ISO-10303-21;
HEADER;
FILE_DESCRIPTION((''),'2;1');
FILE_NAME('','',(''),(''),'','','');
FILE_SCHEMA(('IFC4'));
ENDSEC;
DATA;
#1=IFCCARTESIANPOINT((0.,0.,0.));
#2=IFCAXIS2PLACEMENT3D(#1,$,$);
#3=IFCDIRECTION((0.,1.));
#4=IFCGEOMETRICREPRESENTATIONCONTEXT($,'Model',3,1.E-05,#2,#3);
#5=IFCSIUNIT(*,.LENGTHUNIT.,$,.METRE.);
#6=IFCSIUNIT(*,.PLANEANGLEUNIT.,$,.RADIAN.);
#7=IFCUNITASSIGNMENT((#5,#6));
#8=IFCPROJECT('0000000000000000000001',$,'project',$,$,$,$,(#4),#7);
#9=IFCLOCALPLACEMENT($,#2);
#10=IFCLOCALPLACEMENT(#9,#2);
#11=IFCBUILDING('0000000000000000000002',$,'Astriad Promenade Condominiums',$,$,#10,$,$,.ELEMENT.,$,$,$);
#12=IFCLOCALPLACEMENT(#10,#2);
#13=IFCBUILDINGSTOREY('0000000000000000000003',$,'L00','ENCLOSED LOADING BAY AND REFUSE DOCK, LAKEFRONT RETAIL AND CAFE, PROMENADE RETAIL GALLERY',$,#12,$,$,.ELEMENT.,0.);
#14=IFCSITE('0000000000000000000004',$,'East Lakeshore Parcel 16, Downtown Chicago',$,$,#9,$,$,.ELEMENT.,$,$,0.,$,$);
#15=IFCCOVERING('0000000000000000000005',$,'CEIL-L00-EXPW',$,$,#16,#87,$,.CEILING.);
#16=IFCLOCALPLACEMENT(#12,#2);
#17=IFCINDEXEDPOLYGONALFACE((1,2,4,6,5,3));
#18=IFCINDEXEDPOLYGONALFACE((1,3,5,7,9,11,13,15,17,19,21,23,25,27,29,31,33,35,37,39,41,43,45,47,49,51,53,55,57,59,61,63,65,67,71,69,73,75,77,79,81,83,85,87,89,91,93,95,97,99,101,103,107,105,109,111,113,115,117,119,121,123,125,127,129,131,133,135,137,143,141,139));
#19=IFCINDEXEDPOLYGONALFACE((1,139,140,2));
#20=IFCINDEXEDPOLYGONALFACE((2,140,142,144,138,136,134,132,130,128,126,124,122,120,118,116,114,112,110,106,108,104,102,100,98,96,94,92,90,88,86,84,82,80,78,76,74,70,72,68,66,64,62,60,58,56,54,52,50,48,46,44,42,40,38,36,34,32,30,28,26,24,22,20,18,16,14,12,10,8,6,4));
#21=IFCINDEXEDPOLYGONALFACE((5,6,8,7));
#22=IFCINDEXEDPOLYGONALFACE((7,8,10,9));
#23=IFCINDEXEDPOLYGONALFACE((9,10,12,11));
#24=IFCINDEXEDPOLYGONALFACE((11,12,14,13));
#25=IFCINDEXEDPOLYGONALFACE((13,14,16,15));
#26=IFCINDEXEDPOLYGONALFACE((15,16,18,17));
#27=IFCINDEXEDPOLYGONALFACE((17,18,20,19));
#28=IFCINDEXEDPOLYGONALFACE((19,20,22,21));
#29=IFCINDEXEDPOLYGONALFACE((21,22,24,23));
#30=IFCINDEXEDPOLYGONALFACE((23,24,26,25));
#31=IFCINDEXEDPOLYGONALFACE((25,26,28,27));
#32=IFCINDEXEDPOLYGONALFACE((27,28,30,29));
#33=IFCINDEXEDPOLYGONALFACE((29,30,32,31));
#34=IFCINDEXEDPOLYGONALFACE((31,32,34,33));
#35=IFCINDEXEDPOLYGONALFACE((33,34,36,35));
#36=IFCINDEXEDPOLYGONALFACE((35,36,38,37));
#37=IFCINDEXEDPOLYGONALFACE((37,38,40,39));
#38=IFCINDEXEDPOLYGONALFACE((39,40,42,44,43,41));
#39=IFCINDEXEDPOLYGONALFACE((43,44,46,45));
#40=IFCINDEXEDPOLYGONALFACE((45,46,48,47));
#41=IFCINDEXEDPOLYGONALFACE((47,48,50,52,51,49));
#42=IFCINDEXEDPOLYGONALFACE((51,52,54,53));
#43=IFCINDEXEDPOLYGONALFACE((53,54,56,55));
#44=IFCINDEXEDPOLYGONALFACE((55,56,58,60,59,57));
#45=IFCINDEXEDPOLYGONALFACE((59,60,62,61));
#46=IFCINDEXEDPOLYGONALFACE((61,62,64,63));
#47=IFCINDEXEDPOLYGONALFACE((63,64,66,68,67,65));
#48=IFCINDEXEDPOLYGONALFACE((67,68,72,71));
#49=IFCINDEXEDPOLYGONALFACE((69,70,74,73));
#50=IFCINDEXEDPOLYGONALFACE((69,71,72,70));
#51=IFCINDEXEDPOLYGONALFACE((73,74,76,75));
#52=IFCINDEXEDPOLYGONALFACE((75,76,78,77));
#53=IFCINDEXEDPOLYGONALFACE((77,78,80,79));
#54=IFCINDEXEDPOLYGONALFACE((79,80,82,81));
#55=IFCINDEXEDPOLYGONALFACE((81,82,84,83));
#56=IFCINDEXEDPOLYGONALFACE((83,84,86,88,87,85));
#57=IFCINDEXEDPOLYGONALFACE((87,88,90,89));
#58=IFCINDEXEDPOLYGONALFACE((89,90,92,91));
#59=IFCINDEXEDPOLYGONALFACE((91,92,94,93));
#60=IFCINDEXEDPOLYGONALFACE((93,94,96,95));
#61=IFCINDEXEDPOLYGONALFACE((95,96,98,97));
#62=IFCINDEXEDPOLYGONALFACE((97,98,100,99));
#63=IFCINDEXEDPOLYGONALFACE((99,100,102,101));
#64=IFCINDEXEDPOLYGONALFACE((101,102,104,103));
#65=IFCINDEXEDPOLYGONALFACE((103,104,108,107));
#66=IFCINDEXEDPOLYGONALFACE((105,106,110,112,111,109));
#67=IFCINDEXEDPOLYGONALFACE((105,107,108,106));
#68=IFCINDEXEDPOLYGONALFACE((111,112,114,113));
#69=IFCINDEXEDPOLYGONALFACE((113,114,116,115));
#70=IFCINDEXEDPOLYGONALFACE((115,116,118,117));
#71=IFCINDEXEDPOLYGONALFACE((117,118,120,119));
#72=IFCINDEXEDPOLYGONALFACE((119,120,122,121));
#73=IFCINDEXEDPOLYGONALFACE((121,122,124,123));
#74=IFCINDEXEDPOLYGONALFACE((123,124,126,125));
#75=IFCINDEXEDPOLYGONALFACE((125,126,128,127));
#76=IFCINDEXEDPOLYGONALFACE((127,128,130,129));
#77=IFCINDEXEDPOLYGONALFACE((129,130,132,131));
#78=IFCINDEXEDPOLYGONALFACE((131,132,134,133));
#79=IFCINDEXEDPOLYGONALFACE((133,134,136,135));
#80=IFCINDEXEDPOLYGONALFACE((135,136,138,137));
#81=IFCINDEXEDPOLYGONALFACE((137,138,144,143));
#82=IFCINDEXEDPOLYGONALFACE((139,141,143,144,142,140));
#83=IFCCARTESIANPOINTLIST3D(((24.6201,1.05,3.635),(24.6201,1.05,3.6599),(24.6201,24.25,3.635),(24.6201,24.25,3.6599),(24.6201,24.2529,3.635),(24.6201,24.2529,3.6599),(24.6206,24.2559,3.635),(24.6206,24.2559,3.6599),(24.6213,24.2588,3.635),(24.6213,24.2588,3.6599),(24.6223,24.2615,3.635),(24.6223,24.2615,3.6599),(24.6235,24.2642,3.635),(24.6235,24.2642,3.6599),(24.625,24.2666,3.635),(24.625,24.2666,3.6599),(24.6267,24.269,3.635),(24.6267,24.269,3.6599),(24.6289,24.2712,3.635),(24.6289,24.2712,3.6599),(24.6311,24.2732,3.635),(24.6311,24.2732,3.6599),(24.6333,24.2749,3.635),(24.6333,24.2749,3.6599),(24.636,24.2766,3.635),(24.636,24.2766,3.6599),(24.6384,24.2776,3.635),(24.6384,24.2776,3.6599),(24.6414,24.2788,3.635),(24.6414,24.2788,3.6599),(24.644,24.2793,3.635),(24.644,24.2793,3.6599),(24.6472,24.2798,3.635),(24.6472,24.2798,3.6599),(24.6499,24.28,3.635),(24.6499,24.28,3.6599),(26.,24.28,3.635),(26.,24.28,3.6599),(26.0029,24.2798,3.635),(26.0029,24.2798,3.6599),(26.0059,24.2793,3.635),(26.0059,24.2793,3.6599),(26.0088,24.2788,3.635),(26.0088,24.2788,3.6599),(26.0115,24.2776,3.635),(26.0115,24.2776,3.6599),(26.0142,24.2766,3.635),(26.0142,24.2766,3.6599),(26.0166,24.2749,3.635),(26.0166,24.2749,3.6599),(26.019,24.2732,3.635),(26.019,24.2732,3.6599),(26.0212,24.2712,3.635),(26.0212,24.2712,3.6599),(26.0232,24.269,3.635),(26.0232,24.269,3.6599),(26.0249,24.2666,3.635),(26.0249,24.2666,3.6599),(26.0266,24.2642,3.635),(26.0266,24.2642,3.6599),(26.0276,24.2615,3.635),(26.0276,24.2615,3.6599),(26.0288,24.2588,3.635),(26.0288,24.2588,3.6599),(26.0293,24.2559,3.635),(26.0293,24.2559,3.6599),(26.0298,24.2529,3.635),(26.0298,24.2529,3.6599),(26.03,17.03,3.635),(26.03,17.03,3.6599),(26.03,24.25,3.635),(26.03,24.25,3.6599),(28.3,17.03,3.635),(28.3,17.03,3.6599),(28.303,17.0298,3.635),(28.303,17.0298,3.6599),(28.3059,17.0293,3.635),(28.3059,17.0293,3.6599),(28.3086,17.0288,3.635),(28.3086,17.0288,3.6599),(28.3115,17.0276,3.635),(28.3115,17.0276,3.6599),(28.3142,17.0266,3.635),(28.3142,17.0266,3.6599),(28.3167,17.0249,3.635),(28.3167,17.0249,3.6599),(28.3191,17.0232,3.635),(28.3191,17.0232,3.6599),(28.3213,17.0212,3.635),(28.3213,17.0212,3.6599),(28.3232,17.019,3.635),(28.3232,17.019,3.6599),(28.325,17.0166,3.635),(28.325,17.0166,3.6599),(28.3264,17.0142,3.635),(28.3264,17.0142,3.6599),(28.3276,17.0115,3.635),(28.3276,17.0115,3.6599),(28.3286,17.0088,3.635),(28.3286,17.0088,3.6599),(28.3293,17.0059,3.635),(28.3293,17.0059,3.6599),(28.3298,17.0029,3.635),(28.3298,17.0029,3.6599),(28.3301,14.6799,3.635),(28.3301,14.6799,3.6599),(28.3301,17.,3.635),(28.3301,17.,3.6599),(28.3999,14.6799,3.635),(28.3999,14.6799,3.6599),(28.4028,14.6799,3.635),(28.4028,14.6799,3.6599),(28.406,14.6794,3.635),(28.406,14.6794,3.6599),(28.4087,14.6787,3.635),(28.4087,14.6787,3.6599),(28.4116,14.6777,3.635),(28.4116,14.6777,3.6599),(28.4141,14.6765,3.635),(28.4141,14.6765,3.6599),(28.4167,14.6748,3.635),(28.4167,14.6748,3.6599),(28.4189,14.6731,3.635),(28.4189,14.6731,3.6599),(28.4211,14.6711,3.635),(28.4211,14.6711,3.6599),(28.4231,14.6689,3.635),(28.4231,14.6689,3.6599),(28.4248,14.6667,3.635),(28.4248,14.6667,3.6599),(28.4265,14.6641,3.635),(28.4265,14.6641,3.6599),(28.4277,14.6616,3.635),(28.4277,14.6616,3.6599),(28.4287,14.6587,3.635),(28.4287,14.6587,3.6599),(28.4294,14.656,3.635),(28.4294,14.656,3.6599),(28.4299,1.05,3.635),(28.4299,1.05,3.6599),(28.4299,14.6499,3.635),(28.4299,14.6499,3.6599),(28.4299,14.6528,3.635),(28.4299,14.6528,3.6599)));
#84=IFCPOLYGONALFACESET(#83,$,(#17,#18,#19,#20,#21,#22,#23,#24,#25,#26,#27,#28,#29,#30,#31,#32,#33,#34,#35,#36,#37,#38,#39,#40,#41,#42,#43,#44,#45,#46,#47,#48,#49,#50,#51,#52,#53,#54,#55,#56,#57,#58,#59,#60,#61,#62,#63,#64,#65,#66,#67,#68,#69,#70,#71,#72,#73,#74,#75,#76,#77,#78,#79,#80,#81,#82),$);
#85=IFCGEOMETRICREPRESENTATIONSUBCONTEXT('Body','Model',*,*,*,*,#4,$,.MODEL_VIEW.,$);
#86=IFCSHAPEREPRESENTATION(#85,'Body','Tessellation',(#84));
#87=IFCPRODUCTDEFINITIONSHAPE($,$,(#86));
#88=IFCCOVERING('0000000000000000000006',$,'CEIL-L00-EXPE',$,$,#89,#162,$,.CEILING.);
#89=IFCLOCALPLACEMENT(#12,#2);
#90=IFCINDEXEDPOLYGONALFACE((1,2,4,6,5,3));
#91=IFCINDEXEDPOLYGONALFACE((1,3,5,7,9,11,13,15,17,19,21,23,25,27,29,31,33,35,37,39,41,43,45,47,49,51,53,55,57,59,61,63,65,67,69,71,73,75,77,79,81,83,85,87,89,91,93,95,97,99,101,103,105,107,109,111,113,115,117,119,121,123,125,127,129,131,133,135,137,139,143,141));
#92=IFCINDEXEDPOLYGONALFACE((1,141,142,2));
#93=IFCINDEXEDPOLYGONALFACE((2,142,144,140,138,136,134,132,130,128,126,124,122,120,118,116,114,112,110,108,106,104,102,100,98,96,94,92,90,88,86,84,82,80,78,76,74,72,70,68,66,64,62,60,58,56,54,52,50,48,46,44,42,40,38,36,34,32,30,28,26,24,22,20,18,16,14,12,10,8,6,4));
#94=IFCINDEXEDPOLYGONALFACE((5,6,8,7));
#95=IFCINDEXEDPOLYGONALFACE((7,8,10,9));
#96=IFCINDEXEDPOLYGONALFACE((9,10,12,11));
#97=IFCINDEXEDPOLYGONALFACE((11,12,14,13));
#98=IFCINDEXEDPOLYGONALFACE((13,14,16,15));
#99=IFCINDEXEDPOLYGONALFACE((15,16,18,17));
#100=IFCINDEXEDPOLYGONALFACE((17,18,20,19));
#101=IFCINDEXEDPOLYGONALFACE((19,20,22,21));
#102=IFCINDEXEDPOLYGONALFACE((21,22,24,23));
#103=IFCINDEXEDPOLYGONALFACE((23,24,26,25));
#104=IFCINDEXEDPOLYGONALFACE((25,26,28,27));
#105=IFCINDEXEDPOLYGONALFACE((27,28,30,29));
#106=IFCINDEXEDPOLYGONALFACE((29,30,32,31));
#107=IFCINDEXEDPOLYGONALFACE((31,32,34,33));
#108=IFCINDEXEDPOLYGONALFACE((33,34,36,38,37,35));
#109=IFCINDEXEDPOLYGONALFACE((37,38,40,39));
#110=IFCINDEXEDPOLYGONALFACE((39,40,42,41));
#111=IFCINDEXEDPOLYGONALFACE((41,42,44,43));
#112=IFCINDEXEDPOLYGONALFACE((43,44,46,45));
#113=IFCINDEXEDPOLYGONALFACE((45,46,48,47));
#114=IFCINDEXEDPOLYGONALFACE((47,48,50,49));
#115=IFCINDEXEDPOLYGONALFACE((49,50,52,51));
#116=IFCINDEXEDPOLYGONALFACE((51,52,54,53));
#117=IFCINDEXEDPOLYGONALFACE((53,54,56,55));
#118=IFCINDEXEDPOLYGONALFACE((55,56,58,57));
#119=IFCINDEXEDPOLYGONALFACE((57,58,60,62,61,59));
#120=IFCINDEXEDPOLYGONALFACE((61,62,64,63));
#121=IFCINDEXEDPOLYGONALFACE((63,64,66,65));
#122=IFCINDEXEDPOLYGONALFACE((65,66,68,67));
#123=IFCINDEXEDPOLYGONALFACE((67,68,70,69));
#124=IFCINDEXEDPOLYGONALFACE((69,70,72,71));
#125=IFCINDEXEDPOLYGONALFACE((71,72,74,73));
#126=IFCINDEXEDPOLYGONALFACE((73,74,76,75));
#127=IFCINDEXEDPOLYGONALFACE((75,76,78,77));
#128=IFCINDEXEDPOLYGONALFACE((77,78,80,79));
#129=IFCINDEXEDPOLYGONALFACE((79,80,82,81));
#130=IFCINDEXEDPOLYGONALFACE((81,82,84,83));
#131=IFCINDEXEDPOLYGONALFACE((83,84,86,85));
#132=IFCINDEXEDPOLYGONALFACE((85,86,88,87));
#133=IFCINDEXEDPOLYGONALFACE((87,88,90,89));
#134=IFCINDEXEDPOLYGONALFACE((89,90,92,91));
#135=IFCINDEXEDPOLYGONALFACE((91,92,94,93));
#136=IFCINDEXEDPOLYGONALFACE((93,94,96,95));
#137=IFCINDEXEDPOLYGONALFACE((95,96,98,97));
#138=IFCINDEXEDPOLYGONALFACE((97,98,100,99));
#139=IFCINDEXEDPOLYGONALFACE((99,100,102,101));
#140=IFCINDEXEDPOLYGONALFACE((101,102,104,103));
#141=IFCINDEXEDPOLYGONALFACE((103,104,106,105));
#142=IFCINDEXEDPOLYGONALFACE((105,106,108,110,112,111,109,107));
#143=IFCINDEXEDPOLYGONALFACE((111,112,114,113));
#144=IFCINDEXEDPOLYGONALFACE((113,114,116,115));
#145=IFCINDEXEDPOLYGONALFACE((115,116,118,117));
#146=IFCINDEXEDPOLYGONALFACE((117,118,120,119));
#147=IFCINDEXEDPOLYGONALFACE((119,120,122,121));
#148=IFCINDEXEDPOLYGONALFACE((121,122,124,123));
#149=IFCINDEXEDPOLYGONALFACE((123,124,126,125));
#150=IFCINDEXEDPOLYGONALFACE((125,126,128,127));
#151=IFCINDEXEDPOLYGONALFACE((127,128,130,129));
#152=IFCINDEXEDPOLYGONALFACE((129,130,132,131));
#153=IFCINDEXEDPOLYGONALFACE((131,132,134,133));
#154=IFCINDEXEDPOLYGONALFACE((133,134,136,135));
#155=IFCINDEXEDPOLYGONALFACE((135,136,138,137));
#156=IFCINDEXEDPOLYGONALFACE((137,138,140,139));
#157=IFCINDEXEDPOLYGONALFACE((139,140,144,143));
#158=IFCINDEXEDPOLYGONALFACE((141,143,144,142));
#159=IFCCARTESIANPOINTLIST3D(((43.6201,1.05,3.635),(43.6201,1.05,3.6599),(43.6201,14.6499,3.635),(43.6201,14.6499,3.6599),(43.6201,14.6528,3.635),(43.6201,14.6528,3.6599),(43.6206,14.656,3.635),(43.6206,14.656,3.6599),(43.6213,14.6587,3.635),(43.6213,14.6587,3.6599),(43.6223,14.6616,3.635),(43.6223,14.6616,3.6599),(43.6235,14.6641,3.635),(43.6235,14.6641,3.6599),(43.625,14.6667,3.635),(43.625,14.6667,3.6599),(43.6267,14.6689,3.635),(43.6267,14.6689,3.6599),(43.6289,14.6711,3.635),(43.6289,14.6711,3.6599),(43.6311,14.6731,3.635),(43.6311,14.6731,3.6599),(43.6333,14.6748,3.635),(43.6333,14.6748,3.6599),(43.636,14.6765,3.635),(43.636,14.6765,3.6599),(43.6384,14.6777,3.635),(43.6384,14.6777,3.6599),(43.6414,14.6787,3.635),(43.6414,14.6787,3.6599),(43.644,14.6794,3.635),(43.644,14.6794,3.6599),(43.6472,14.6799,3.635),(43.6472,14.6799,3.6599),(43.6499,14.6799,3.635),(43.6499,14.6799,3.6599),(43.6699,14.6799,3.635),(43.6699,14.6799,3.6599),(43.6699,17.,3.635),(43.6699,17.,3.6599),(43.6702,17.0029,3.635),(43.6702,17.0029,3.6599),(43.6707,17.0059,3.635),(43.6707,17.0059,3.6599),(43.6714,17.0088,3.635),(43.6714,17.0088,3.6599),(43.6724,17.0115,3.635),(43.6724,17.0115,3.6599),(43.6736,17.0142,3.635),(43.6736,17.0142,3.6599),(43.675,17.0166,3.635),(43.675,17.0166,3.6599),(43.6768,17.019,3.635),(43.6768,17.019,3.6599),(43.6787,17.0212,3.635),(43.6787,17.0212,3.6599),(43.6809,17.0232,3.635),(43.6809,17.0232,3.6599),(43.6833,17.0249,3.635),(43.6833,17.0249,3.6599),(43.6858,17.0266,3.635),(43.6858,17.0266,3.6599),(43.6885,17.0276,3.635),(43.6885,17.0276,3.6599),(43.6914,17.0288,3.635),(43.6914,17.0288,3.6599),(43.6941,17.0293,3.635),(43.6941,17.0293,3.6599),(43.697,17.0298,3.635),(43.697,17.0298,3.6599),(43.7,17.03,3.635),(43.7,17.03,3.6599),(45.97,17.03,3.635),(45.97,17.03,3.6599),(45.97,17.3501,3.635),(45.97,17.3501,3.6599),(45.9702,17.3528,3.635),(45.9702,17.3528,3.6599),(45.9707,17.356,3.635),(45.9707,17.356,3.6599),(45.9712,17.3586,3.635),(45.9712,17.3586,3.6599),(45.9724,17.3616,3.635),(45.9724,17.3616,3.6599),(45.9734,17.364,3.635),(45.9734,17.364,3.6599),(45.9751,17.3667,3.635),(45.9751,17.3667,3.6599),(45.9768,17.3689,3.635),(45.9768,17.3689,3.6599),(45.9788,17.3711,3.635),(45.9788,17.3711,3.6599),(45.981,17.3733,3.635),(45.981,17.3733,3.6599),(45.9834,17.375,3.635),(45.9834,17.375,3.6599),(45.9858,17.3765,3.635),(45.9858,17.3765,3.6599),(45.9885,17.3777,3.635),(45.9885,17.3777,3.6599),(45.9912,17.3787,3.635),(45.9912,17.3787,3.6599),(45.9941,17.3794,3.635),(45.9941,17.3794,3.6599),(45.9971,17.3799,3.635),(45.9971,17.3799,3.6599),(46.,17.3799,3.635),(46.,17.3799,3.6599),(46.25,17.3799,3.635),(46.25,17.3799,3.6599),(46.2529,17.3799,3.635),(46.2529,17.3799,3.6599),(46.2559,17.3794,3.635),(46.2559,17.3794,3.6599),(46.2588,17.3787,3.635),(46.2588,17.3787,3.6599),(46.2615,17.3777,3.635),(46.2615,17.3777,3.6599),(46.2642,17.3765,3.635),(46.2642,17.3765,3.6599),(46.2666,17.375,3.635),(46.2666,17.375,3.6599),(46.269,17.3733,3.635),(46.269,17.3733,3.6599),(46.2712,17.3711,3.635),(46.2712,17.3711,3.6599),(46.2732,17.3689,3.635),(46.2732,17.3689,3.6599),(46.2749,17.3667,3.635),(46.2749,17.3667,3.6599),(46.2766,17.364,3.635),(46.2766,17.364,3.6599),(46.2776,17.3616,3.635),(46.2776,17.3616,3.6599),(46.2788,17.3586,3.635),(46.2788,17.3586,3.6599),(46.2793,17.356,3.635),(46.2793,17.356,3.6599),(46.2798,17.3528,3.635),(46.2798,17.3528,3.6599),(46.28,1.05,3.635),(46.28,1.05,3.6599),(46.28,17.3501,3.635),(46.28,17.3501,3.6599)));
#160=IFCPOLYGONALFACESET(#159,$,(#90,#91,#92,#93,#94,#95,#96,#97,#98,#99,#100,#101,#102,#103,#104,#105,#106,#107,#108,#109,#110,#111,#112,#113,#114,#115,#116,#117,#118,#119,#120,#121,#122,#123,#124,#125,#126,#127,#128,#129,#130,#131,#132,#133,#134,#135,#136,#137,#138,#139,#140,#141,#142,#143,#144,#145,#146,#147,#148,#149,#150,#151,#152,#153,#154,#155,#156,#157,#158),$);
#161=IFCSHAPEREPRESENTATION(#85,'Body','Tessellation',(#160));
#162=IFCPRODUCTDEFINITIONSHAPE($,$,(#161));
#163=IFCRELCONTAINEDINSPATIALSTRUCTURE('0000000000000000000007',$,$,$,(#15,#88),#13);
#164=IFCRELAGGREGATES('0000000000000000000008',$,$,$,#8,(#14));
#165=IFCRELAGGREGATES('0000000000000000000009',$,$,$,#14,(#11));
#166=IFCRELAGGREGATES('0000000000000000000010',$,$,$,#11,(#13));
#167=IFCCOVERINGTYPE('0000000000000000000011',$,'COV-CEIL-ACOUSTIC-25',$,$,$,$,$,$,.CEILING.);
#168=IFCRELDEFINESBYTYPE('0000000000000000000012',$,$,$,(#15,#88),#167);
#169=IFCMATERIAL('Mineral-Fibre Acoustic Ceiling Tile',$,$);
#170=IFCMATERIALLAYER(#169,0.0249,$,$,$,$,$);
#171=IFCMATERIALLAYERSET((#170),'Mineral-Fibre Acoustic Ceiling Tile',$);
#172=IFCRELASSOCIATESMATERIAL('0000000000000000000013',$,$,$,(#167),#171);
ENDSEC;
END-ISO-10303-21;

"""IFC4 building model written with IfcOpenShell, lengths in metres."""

from ifc_helpers import new_model, si_unit, direction, frame, origin, place, context, subcontext, project, spatial, polyline, outline, extrude, material, layer, layer_set, type_object, element, save


model = new_model("IFC4")

# Units and contexts
model_context = context("Model", 3, precision=1e-05, world=origin(), true_north=direction((0.0, 1.0)))
body_context = subcontext(model_context, "Body", "Model", "MODEL_VIEW")
ifc_project = project(units=[si_unit("LENGTHUNIT", "METRE"), si_unit("PLANEANGLEUNIT", "RADIAN")], contexts=[model_context])

# Site, building, storey
site_placement = place(None, origin())
site = spatial("IfcSite", under=ifc_project, at=site_placement, Name="East Lakeshore Parcel 16, Downtown Chicago", CompositionType="ELEMENT", RefElevation=0.0)
building_placement = place(site_placement, origin())
building = spatial("IfcBuilding", under=site, at=building_placement, Name="Astriad Promenade Condominiums", CompositionType="ELEMENT")
storey_placement = place(building_placement, origin())
storey = spatial("IfcBuildingStorey", under=building, at=storey_placement, Name="L00", Description="ENCLOSED LOADING BAY AND REFUSE DOCK, LAKEFRONT RETAIL AND CAFE, PROMENADE RETAIL GALLERY", CompositionType="ELEMENT", Elevation=0.0)

# Coverings
ifc_material_1 = material(Name="Mineral-Fibre Acoustic Ceiling Tile")
ifc_layer_1 = layer(ifc_material_1, 0.0249)
ifc_layer_set_1 = layer_set([ifc_layer_1], Name="Mineral-Fibre Acoustic Ceiling Tile")
covering_type_1 = type_object("IfcCoveringType", Name="COV-CEIL-ACOUSTIC-25", PredefinedType="CEILING", material=ifc_layer_set_1)
covering_1_placement = place(storey_placement, frame((0.0, 0.0, 3.635)))
element("IfcCovering", 1, at=covering_1_placement, inside=storey, type_object=covering_type_1, Name="CEIL-L00-EXPW", PredefinedType="CEILING", context=body_context, shape_type="SweptSolid", body=[
    extrude(outline(polyline([(28.4299, 1.05), (24.6201, 1.05), (24.6201, 24.25), (24.6201, 24.2529), (24.6206, 24.2559), (24.6213, 24.2588), (24.6223, 24.2615), (24.6235, 24.2642), (24.625, 24.2666), (24.6267, 24.269), (24.6289, 24.2712), (24.6311, 24.2732), (24.6333, 24.2749), (24.636, 24.2766), (24.6384, 24.2776), (24.6414, 24.2788), (24.644, 24.2793), (24.6472, 24.2798), (24.6499, 24.28), (26.0, 24.28), (26.0029, 24.2798), (26.0059, 24.2793), (26.0088, 24.2788), (26.0115, 24.2776), (26.0142, 24.2766), (26.0166, 24.2749), (26.019, 24.2732), (26.0212, 24.2712), (26.0232, 24.269), (26.0249, 24.2666), (26.0266, 24.2642), (26.0276, 24.2615), (26.0288, 24.2588), (26.0293, 24.2559), (26.0298, 24.2529), (26.03, 24.25), (26.03, 17.03), (28.3, 17.03), (28.303, 17.0298), (28.3059, 17.0293), (28.3086, 17.0288), (28.3115, 17.0276), (28.3142, 17.0266), (28.3167, 17.0249), (28.3191, 17.0232), (28.3213, 17.0212), (28.3232, 17.019), (28.325, 17.0166), (28.3264, 17.0142), (28.3276, 17.0115), (28.3286, 17.0088), (28.3293, 17.0059), (28.3298, 17.0029), (28.3301, 17.0), (28.3301, 14.6799), (28.3999, 14.6799), (28.4028, 14.6799), (28.406, 14.6794), (28.4087, 14.6787), (28.4116, 14.6777), (28.4141, 14.6765), (28.4167, 14.6748), (28.4189, 14.6731), (28.4211, 14.6711), (28.4231, 14.6689), (28.4248, 14.6667), (28.4265, 14.6641), (28.4277, 14.6616), (28.4287, 14.6587), (28.4294, 14.656), (28.4299, 14.6528), (28.4299, 14.6499), (28.4299, 1.05)])), origin(), (0.0, 0.0, 1.0), 0.0249),
])
covering_2_placement = place(storey_placement, frame((0.0, 0.0, 3.635)))
element("IfcCovering", 2, at=covering_2_placement, inside=storey, type_object=covering_type_1, Name="CEIL-L00-EXPE", PredefinedType="CEILING", context=body_context, shape_type="SweptSolid", body=[
    extrude(outline(polyline([(46.25, 17.3799), (46.2529, 17.3799), (46.2559, 17.3794), (46.2588, 17.3787), (46.2615, 17.3777), (46.2642, 17.3765), (46.2666, 17.375), (46.269, 17.3733), (46.2712, 17.3711), (46.2732, 17.3689), (46.2749, 17.3667), (46.2766, 17.364), (46.2776, 17.3616), (46.2788, 17.3586), (46.2793, 17.356), (46.2798, 17.3528), (46.28, 17.3501), (46.28, 1.05), (43.6201, 1.05), (43.6201, 14.6499), (43.6201, 14.6528), (43.6206, 14.656), (43.6213, 14.6587), (43.6223, 14.6616), (43.6235, 14.6641), (43.625, 14.6667), (43.6267, 14.6689), (43.6289, 14.6711), (43.6311, 14.6731), (43.6333, 14.6748), (43.636, 14.6765), (43.6384, 14.6777), (43.6414, 14.6787), (43.644, 14.6794), (43.6472, 14.6799), (43.6499, 14.6799), (43.6699, 14.6799), (43.6699, 17.0), (43.6702, 17.0029), (43.6707, 17.0059), (43.6714, 17.0088), (43.6724, 17.0115), (43.6736, 17.0142), (43.675, 17.0166), (43.6768, 17.019), (43.6787, 17.0212), (43.6809, 17.0232), (43.6833, 17.0249), (43.6858, 17.0266), (43.6885, 17.0276), (43.6914, 17.0288), (43.6941, 17.0293), (43.697, 17.0298), (43.7, 17.03), (45.97, 17.03), (45.97, 17.3501), (45.9702, 17.3528), (45.9707, 17.356), (45.9712, 17.3586), (45.9724, 17.3616), (45.9734, 17.364), (45.9751, 17.3667), (45.9768, 17.3689), (45.9788, 17.3711), (45.981, 17.3733), (45.9834, 17.375), (45.9858, 17.3765), (45.9885, 17.3777), (45.9912, 17.3787), (45.9941, 17.3794), (45.9971, 17.3799), (46.0, 17.3799), (46.25, 17.3799)])), origin(), (0.0, 0.0, 1.0), 0.0249),
])

save(model, "model.ifc")
